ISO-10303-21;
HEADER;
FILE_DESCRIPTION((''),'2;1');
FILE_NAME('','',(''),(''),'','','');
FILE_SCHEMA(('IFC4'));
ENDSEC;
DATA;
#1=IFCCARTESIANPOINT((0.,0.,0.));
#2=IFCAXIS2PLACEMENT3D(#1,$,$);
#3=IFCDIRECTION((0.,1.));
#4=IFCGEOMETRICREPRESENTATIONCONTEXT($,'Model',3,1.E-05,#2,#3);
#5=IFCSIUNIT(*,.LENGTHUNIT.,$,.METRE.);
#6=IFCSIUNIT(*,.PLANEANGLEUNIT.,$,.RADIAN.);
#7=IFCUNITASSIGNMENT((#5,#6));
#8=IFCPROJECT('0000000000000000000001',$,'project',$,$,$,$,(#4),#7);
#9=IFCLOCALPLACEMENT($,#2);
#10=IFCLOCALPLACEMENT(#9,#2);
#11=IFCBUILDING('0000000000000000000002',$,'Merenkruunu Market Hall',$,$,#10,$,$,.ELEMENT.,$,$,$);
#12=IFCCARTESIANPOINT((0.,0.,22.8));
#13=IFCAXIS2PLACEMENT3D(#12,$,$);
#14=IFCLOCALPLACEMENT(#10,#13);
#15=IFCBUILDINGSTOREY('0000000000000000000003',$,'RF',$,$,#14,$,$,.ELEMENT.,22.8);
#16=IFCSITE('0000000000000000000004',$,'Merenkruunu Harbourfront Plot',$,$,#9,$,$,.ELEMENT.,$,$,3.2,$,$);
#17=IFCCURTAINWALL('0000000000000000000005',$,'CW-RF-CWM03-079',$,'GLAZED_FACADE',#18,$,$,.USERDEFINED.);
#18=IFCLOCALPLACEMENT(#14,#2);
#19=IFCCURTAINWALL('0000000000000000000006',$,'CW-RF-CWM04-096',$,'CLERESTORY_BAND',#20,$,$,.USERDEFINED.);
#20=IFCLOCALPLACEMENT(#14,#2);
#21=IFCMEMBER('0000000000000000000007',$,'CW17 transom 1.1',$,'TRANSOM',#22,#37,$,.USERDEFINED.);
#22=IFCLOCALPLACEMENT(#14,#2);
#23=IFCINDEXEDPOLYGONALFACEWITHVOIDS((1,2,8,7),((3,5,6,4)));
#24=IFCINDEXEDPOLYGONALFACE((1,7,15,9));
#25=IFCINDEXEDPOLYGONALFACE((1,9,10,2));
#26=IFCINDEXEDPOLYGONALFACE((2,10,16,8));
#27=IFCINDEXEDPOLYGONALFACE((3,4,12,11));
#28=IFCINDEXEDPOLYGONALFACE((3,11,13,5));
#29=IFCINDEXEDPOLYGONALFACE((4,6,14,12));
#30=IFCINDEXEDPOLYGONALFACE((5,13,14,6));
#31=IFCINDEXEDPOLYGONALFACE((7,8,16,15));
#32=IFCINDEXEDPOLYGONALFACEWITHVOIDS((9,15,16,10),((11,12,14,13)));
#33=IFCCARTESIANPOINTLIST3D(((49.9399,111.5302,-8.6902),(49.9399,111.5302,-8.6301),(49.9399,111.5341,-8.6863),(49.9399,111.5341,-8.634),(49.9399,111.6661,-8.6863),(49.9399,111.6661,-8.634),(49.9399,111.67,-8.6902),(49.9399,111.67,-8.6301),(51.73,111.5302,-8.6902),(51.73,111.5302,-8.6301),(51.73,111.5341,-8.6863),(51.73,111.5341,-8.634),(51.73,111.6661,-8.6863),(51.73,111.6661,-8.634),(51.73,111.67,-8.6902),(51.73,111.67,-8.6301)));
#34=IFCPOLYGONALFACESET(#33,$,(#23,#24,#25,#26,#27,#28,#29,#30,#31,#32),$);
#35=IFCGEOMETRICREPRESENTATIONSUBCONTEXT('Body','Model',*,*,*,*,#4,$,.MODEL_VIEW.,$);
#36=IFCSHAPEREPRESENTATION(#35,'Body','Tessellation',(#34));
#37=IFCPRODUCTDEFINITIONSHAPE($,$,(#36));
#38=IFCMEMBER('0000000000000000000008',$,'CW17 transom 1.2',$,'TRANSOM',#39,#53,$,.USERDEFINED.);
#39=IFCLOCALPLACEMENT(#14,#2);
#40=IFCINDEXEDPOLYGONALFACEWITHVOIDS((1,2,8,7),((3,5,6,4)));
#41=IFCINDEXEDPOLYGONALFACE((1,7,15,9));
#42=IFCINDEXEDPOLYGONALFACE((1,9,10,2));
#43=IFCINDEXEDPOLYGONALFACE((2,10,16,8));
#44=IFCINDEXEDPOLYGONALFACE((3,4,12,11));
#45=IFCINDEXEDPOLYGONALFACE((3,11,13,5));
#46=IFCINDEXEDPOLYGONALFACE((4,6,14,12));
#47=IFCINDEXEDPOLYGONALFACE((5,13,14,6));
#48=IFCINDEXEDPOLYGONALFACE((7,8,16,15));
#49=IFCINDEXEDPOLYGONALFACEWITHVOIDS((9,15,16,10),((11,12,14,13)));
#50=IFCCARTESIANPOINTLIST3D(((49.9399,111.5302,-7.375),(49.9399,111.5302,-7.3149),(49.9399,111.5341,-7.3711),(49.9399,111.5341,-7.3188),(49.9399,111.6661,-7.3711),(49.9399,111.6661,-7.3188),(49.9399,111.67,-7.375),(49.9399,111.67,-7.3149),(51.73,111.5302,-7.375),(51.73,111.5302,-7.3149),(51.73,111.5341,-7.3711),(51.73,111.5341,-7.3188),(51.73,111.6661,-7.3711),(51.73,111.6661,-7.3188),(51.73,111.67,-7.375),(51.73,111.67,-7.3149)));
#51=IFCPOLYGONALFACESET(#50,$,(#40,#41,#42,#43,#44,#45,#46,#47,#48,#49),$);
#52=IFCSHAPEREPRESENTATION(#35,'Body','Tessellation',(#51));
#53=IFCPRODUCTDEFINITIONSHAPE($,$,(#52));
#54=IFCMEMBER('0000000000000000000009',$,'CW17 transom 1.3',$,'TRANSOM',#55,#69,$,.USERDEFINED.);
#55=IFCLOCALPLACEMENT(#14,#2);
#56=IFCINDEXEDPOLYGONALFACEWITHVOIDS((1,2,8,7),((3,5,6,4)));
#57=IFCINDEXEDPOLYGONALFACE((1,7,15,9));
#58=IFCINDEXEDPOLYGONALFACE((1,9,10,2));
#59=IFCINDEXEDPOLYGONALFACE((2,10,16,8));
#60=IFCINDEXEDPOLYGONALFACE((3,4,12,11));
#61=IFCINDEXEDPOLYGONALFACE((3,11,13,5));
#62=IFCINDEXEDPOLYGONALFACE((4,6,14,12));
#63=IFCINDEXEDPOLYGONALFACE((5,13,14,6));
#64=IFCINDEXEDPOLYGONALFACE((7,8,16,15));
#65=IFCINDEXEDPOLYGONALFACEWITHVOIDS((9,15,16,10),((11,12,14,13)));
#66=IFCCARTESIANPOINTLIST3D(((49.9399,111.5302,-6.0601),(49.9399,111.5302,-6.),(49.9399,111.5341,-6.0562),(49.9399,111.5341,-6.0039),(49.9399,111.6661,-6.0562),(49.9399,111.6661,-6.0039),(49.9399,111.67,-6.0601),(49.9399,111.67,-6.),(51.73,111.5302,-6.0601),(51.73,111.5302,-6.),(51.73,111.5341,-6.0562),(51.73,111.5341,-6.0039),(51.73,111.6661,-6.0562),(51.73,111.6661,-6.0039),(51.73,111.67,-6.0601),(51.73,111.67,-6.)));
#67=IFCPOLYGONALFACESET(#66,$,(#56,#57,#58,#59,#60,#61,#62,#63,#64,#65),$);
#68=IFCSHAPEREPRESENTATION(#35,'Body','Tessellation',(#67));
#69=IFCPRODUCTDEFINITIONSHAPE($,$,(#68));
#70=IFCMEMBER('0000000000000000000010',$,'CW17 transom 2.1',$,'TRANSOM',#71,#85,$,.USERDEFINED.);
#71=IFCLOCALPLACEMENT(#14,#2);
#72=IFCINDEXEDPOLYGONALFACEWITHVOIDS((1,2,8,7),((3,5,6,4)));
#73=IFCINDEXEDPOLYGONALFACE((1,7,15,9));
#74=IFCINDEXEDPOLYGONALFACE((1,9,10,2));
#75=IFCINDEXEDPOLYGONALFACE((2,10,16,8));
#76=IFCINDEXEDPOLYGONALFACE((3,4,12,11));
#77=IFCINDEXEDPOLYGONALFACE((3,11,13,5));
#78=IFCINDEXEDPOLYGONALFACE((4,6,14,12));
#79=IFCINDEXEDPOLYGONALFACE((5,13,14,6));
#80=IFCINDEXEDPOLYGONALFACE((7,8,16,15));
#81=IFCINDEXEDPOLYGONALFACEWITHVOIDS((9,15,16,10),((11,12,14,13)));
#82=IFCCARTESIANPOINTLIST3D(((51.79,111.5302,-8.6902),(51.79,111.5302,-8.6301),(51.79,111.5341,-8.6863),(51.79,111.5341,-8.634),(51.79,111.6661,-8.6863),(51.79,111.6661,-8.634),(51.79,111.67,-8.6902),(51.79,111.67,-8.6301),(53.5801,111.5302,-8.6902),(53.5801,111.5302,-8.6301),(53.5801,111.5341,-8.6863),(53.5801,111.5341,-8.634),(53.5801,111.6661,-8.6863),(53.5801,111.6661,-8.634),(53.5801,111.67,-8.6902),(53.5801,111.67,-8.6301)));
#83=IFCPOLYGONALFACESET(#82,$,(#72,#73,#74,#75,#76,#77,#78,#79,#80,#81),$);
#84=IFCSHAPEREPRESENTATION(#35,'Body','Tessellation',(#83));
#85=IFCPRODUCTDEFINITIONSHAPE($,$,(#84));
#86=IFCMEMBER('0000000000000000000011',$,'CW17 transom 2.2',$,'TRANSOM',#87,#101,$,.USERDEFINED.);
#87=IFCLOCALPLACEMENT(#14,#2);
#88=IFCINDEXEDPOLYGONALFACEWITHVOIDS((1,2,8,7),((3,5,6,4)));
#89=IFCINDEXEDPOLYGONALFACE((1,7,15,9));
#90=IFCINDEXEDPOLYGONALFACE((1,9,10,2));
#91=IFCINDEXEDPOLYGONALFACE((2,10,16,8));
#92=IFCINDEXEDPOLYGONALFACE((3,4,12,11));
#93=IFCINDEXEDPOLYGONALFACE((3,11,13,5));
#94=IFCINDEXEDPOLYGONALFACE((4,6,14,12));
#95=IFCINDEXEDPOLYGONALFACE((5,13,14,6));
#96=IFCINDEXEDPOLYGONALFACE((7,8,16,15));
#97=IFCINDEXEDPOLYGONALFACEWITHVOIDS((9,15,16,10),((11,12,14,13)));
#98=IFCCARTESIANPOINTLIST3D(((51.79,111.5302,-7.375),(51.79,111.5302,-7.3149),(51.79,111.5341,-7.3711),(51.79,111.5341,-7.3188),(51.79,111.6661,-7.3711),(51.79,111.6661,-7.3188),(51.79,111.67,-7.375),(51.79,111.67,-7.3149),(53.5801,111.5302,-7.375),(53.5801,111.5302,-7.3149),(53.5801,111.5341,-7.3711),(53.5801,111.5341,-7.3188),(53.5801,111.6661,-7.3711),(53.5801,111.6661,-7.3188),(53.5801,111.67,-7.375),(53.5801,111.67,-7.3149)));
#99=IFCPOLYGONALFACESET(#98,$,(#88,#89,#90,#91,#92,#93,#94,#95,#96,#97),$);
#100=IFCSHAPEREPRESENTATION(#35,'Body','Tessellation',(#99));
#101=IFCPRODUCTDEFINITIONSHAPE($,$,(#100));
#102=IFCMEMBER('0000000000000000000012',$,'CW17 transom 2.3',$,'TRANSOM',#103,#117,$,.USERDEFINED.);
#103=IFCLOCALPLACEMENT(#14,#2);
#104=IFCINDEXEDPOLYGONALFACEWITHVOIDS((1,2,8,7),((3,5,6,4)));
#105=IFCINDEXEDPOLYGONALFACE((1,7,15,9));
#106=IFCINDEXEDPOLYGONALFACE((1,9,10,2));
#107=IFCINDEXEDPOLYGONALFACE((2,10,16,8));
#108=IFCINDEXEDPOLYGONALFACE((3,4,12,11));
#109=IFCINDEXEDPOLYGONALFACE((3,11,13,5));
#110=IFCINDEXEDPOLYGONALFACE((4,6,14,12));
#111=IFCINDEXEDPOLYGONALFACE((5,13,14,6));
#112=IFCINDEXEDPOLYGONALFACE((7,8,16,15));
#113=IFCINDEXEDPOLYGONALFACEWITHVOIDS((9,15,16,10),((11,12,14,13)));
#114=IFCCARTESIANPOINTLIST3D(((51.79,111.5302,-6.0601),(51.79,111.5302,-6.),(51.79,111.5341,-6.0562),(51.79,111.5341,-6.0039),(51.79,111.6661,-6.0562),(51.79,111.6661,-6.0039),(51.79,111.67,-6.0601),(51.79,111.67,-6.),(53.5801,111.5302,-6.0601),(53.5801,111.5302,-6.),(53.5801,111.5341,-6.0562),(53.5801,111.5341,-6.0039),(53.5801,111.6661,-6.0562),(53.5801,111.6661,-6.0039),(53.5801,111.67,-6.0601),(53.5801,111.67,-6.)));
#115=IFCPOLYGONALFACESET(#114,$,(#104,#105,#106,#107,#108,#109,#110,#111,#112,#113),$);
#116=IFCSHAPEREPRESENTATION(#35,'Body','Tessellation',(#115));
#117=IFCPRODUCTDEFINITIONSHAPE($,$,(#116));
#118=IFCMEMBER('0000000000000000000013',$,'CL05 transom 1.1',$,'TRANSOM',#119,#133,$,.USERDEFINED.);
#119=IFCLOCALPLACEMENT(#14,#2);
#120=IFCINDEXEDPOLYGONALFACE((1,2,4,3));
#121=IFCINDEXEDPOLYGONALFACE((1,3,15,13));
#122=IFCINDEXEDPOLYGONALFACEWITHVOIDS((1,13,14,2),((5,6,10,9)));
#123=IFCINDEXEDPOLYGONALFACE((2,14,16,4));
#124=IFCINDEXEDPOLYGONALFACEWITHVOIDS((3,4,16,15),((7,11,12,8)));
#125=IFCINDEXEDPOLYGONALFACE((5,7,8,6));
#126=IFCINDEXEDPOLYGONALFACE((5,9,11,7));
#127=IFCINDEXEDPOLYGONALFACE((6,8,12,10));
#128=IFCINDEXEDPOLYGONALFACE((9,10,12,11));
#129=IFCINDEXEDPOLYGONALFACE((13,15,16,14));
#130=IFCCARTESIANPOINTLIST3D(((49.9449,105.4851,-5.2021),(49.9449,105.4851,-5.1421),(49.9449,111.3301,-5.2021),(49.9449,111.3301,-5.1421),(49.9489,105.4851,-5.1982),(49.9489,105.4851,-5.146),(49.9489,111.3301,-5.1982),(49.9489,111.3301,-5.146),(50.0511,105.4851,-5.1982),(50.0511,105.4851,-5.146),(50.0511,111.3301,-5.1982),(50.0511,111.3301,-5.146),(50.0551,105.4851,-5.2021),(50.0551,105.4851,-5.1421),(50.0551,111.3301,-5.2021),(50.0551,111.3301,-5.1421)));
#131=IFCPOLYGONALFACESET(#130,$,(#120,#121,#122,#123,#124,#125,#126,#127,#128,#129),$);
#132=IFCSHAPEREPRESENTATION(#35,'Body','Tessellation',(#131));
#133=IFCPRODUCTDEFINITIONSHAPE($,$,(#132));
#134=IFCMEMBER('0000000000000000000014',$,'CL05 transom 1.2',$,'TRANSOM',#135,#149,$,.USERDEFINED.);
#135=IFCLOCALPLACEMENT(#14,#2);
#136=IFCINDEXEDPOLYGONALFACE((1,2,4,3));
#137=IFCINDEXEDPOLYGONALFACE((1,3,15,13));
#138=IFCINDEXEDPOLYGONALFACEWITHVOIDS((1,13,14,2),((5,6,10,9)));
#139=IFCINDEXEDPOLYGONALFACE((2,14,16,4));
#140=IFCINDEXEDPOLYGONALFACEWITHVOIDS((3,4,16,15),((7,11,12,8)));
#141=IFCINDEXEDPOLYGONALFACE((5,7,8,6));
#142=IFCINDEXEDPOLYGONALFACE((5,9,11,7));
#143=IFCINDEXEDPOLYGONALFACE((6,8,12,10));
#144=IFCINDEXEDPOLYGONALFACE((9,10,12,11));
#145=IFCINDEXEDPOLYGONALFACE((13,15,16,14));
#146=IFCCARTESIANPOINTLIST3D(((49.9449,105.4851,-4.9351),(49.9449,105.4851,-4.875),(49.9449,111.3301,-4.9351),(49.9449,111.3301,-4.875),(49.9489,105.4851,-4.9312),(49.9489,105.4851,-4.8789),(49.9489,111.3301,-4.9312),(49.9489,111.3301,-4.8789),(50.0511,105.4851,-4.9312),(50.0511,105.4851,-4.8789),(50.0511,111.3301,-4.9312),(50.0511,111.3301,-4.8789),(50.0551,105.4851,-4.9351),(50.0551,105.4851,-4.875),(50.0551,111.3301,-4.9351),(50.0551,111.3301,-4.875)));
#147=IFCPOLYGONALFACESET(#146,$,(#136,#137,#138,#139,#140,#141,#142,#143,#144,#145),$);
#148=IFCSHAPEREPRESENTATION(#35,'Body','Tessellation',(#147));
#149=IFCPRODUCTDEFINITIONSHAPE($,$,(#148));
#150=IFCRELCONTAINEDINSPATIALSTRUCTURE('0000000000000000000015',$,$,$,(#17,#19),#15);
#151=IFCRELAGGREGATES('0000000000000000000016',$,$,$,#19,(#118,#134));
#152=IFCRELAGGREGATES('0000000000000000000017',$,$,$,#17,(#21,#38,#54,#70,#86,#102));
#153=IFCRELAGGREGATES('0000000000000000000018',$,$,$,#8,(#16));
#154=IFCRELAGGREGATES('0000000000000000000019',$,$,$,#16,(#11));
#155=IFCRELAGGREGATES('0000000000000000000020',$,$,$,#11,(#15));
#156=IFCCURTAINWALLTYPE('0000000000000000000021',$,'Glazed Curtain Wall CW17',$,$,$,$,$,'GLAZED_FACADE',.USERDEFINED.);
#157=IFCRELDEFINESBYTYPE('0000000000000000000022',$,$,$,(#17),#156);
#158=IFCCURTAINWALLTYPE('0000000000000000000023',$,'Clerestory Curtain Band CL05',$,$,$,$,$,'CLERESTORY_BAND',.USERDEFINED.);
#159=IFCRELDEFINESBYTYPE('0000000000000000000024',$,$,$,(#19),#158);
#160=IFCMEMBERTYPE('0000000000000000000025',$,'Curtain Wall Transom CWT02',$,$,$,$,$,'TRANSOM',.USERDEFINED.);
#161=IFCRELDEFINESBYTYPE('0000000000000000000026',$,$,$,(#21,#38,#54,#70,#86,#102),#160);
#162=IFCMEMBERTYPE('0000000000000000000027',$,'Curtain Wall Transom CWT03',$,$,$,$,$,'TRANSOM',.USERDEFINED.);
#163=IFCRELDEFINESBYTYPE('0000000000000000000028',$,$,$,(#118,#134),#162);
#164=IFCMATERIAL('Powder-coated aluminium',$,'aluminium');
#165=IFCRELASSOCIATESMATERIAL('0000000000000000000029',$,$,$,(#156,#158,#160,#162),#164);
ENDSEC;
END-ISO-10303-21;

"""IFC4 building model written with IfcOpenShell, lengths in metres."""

from ifc_helpers import new_model, si_unit, direction, frame, origin, origin_2d, place, context, subcontext, project, spatial, hollow_rectangle, extrude, material, material_profile, profile_set, type_object, element, aggregate, save


model = new_model("IFC4")

# Units and contexts
model_context = context("Model", 3, precision=1e-05, world=origin(), true_north=direction((0.0, 1.0)))
body_context = subcontext(model_context, "Body", "Model", "MODEL_VIEW")
ifc_project = project(units=[si_unit("LENGTHUNIT", "METRE"), si_unit("PLANEANGLEUNIT", "RADIAN")], contexts=[model_context])

# Site, building, storey
site_placement = place(None, origin())
site = spatial("IfcSite", under=ifc_project, at=site_placement, Name="Merenkruunu Harbourfront Plot", CompositionType="ELEMENT", RefElevation=3.2)
building_placement = place(site_placement, origin())
building = spatial("IfcBuilding", under=site, at=building_placement, Name="Merenkruunu Market Hall", CompositionType="ELEMENT")
storey_placement = place(building_placement, frame((0.0, 0.0, 22.8)))
storey = spatial("IfcBuildingStorey", under=building, at=storey_placement, Name="RF", CompositionType="ELEMENT", Elevation=22.8)

# Shared definitions
ifc_material_1 = material(Name="Powder-coated aluminium", Category="aluminium")
curtain_wall_type_1 = type_object("IfcCurtainWallType", Name="Glazed Curtain Wall CW17", ElementType="GLAZED_FACADE", PredefinedType="USERDEFINED", material=ifc_material_1)

# Curtain wall
curtain_wall_1_placement = place(storey_placement, origin())
curtain_wall_1 = element("IfcCurtainWall", 1, at=curtain_wall_1_placement, inside=storey, type_object=curtain_wall_type_1, Name="CW-RF-CWM03-079", ObjectType="GLAZED_FACADE", PredefinedType="USERDEFINED")

# Curtain wall
curtain_wall_type_2 = type_object("IfcCurtainWallType", Name="Clerestory Curtain Band CL05", ElementType="CLERESTORY_BAND", PredefinedType="USERDEFINED", material=ifc_material_1)
curtain_wall_2_placement = place(storey_placement, origin())
curtain_wall_2 = element("IfcCurtainWall", 2, at=curtain_wall_2_placement, inside=storey, type_object=curtain_wall_type_2, Name="CW-RF-CWM04-096", ObjectType="CLERESTORY_BAND", PredefinedType="USERDEFINED")

# Members
ifc_material_profile_1 = material_profile(ifc_material_1, hollow_rectangle(XDim=0.0601, YDim=0.1399, WallThickness=0.0039, at=origin_2d()), Name="ALU 60x140x4")
ifc_profile_set_1 = profile_set([ifc_material_profile_1], Name="Powder-coated aluminium")
member_type_1 = type_object("IfcMemberType", Name="Curtain Wall Transom CWT02", ElementType="TRANSOM", PredefinedType="USERDEFINED", material=ifc_profile_set_1)
member_1_placement = place(storey_placement, frame((49.9399, 111.6001, -8.6602), z_axis=(1.0, 0.0, 0.0), x_axis=(0.0, 0.0, 1.0)))
member_1 = element("IfcMember", 3, at=member_1_placement, type_object=member_type_1, Name="CW17 transom 1.1", ObjectType="TRANSOM", PredefinedType="USERDEFINED", context=body_context, shape_type="SweptSolid", body=[
    extrude(hollow_rectangle(XDim=0.0601, YDim=0.1399, WallThickness=0.0039, at=origin_2d()), origin(), (0.0, 0.0, 1.0), 1.79),
])
member_2_placement = place(storey_placement, frame((49.9399, 111.6001, -7.345), z_axis=(1.0, 0.0, 0.0), x_axis=(0.0, 0.0, 1.0)))
member_2 = element("IfcMember", 4, at=member_2_placement, type_object=member_type_1, Name="CW17 transom 1.2", ObjectType="TRANSOM", PredefinedType="USERDEFINED", context=body_context, shape_type="SweptSolid", body=[
    extrude(hollow_rectangle(XDim=0.0601, YDim=0.1399, WallThickness=0.0039, at=origin_2d()), origin(), (0.0, 0.0, 1.0), 1.79),
])
member_3_placement = place(storey_placement, frame((49.9399, 111.6001, -6.03), z_axis=(1.0, 0.0, 0.0), x_axis=(0.0, 0.0, 1.0)))
member_3 = element("IfcMember", 5, at=member_3_placement, type_object=member_type_1, Name="CW17 transom 1.3", ObjectType="TRANSOM", PredefinedType="USERDEFINED", context=body_context, shape_type="SweptSolid", body=[
    extrude(hollow_rectangle(XDim=0.0601, YDim=0.1399, WallThickness=0.0039, at=origin_2d()), origin(), (0.0, 0.0, 1.0), 1.79),
])
member_4_placement = place(storey_placement, frame((51.79, 111.6001, -8.6602), z_axis=(1.0, 0.0, 0.0), x_axis=(0.0, 0.0, 1.0)))
member_4 = element("IfcMember", 6, at=member_4_placement, type_object=member_type_1, Name="CW17 transom 2.1", ObjectType="TRANSOM", PredefinedType="USERDEFINED", context=body_context, shape_type="SweptSolid", body=[
    extrude(hollow_rectangle(XDim=0.0601, YDim=0.1399, WallThickness=0.0039, at=origin_2d()), origin(), (0.0, 0.0, 1.0), 1.79),
])
member_5_placement = place(storey_placement, frame((51.79, 111.6001, -7.345), z_axis=(1.0, 0.0, 0.0), x_axis=(0.0, 0.0, 1.0)))
member_5 = element("IfcMember", 7, at=member_5_placement, type_object=member_type_1, Name="CW17 transom 2.2", ObjectType="TRANSOM", PredefinedType="USERDEFINED", context=body_context, shape_type="SweptSolid", body=[
    extrude(hollow_rectangle(XDim=0.0601, YDim=0.1399, WallThickness=0.0039, at=origin_2d()), origin(), (0.0, 0.0, 1.0), 1.79),
])
member_6_placement = place(storey_placement, frame((51.79, 111.6001, -6.03), z_axis=(1.0, 0.0, 0.0), x_axis=(0.0, 0.0, 1.0)))
member_6 = element("IfcMember", 8, at=member_6_placement, type_object=member_type_1, Name="CW17 transom 2.3", ObjectType="TRANSOM", PredefinedType="USERDEFINED", context=body_context, shape_type="SweptSolid", body=[
    extrude(hollow_rectangle(XDim=0.0601, YDim=0.1399, WallThickness=0.0039, at=origin_2d()), origin(), (0.0, 0.0, 1.0), 1.79),
])
ifc_material_profile_2 = material_profile(ifc_material_1, hollow_rectangle(XDim=0.0601, YDim=0.1101, WallThickness=0.0039, at=origin_2d()), Name="ALU 60x110x4")
ifc_profile_set_2 = profile_set([ifc_material_profile_2], Name="Powder-coated aluminium")
member_type_2 = type_object("IfcMemberType", Name="Curtain Wall Transom CWT03", ElementType="TRANSOM", PredefinedType="USERDEFINED", material=ifc_profile_set_2)
member_7_placement = place(storey_placement, frame((50.0, 111.3301, -5.1721), z_axis=(0.0, -1.0, 0.0), x_axis=(0.0, 0.0, 1.0)))
member_7 = element("IfcMember", 9, at=member_7_placement, type_object=member_type_2, Name="CL05 transom 1.1", ObjectType="TRANSOM", PredefinedType="USERDEFINED", context=body_context, shape_type="SweptSolid", body=[
    extrude(hollow_rectangle(XDim=0.0601, YDim=0.1101, WallThickness=0.0039, at=origin_2d()), origin(), (0.0, 0.0, 1.0), 5.845),
])
member_8_placement = place(storey_placement, frame((50.0, 111.3301, -4.905), z_axis=(0.0, -1.0, 0.0), x_axis=(0.0, 0.0, 1.0)))
member_8 = element("IfcMember", 10, at=member_8_placement, type_object=member_type_2, Name="CL05 transom 1.2", ObjectType="TRANSOM", PredefinedType="USERDEFINED", context=body_context, shape_type="SweptSolid", body=[
    extrude(hollow_rectangle(XDim=0.0601, YDim=0.1101, WallThickness=0.0039, at=origin_2d()), origin(), (0.0, 0.0, 1.0), 5.845),
])
aggregate(curtain_wall_2, [member_7, member_8])

aggregate(curtain_wall_1, [member_1, member_2, member_3, member_4, member_5, member_6])

save(model, "model.ifc")
